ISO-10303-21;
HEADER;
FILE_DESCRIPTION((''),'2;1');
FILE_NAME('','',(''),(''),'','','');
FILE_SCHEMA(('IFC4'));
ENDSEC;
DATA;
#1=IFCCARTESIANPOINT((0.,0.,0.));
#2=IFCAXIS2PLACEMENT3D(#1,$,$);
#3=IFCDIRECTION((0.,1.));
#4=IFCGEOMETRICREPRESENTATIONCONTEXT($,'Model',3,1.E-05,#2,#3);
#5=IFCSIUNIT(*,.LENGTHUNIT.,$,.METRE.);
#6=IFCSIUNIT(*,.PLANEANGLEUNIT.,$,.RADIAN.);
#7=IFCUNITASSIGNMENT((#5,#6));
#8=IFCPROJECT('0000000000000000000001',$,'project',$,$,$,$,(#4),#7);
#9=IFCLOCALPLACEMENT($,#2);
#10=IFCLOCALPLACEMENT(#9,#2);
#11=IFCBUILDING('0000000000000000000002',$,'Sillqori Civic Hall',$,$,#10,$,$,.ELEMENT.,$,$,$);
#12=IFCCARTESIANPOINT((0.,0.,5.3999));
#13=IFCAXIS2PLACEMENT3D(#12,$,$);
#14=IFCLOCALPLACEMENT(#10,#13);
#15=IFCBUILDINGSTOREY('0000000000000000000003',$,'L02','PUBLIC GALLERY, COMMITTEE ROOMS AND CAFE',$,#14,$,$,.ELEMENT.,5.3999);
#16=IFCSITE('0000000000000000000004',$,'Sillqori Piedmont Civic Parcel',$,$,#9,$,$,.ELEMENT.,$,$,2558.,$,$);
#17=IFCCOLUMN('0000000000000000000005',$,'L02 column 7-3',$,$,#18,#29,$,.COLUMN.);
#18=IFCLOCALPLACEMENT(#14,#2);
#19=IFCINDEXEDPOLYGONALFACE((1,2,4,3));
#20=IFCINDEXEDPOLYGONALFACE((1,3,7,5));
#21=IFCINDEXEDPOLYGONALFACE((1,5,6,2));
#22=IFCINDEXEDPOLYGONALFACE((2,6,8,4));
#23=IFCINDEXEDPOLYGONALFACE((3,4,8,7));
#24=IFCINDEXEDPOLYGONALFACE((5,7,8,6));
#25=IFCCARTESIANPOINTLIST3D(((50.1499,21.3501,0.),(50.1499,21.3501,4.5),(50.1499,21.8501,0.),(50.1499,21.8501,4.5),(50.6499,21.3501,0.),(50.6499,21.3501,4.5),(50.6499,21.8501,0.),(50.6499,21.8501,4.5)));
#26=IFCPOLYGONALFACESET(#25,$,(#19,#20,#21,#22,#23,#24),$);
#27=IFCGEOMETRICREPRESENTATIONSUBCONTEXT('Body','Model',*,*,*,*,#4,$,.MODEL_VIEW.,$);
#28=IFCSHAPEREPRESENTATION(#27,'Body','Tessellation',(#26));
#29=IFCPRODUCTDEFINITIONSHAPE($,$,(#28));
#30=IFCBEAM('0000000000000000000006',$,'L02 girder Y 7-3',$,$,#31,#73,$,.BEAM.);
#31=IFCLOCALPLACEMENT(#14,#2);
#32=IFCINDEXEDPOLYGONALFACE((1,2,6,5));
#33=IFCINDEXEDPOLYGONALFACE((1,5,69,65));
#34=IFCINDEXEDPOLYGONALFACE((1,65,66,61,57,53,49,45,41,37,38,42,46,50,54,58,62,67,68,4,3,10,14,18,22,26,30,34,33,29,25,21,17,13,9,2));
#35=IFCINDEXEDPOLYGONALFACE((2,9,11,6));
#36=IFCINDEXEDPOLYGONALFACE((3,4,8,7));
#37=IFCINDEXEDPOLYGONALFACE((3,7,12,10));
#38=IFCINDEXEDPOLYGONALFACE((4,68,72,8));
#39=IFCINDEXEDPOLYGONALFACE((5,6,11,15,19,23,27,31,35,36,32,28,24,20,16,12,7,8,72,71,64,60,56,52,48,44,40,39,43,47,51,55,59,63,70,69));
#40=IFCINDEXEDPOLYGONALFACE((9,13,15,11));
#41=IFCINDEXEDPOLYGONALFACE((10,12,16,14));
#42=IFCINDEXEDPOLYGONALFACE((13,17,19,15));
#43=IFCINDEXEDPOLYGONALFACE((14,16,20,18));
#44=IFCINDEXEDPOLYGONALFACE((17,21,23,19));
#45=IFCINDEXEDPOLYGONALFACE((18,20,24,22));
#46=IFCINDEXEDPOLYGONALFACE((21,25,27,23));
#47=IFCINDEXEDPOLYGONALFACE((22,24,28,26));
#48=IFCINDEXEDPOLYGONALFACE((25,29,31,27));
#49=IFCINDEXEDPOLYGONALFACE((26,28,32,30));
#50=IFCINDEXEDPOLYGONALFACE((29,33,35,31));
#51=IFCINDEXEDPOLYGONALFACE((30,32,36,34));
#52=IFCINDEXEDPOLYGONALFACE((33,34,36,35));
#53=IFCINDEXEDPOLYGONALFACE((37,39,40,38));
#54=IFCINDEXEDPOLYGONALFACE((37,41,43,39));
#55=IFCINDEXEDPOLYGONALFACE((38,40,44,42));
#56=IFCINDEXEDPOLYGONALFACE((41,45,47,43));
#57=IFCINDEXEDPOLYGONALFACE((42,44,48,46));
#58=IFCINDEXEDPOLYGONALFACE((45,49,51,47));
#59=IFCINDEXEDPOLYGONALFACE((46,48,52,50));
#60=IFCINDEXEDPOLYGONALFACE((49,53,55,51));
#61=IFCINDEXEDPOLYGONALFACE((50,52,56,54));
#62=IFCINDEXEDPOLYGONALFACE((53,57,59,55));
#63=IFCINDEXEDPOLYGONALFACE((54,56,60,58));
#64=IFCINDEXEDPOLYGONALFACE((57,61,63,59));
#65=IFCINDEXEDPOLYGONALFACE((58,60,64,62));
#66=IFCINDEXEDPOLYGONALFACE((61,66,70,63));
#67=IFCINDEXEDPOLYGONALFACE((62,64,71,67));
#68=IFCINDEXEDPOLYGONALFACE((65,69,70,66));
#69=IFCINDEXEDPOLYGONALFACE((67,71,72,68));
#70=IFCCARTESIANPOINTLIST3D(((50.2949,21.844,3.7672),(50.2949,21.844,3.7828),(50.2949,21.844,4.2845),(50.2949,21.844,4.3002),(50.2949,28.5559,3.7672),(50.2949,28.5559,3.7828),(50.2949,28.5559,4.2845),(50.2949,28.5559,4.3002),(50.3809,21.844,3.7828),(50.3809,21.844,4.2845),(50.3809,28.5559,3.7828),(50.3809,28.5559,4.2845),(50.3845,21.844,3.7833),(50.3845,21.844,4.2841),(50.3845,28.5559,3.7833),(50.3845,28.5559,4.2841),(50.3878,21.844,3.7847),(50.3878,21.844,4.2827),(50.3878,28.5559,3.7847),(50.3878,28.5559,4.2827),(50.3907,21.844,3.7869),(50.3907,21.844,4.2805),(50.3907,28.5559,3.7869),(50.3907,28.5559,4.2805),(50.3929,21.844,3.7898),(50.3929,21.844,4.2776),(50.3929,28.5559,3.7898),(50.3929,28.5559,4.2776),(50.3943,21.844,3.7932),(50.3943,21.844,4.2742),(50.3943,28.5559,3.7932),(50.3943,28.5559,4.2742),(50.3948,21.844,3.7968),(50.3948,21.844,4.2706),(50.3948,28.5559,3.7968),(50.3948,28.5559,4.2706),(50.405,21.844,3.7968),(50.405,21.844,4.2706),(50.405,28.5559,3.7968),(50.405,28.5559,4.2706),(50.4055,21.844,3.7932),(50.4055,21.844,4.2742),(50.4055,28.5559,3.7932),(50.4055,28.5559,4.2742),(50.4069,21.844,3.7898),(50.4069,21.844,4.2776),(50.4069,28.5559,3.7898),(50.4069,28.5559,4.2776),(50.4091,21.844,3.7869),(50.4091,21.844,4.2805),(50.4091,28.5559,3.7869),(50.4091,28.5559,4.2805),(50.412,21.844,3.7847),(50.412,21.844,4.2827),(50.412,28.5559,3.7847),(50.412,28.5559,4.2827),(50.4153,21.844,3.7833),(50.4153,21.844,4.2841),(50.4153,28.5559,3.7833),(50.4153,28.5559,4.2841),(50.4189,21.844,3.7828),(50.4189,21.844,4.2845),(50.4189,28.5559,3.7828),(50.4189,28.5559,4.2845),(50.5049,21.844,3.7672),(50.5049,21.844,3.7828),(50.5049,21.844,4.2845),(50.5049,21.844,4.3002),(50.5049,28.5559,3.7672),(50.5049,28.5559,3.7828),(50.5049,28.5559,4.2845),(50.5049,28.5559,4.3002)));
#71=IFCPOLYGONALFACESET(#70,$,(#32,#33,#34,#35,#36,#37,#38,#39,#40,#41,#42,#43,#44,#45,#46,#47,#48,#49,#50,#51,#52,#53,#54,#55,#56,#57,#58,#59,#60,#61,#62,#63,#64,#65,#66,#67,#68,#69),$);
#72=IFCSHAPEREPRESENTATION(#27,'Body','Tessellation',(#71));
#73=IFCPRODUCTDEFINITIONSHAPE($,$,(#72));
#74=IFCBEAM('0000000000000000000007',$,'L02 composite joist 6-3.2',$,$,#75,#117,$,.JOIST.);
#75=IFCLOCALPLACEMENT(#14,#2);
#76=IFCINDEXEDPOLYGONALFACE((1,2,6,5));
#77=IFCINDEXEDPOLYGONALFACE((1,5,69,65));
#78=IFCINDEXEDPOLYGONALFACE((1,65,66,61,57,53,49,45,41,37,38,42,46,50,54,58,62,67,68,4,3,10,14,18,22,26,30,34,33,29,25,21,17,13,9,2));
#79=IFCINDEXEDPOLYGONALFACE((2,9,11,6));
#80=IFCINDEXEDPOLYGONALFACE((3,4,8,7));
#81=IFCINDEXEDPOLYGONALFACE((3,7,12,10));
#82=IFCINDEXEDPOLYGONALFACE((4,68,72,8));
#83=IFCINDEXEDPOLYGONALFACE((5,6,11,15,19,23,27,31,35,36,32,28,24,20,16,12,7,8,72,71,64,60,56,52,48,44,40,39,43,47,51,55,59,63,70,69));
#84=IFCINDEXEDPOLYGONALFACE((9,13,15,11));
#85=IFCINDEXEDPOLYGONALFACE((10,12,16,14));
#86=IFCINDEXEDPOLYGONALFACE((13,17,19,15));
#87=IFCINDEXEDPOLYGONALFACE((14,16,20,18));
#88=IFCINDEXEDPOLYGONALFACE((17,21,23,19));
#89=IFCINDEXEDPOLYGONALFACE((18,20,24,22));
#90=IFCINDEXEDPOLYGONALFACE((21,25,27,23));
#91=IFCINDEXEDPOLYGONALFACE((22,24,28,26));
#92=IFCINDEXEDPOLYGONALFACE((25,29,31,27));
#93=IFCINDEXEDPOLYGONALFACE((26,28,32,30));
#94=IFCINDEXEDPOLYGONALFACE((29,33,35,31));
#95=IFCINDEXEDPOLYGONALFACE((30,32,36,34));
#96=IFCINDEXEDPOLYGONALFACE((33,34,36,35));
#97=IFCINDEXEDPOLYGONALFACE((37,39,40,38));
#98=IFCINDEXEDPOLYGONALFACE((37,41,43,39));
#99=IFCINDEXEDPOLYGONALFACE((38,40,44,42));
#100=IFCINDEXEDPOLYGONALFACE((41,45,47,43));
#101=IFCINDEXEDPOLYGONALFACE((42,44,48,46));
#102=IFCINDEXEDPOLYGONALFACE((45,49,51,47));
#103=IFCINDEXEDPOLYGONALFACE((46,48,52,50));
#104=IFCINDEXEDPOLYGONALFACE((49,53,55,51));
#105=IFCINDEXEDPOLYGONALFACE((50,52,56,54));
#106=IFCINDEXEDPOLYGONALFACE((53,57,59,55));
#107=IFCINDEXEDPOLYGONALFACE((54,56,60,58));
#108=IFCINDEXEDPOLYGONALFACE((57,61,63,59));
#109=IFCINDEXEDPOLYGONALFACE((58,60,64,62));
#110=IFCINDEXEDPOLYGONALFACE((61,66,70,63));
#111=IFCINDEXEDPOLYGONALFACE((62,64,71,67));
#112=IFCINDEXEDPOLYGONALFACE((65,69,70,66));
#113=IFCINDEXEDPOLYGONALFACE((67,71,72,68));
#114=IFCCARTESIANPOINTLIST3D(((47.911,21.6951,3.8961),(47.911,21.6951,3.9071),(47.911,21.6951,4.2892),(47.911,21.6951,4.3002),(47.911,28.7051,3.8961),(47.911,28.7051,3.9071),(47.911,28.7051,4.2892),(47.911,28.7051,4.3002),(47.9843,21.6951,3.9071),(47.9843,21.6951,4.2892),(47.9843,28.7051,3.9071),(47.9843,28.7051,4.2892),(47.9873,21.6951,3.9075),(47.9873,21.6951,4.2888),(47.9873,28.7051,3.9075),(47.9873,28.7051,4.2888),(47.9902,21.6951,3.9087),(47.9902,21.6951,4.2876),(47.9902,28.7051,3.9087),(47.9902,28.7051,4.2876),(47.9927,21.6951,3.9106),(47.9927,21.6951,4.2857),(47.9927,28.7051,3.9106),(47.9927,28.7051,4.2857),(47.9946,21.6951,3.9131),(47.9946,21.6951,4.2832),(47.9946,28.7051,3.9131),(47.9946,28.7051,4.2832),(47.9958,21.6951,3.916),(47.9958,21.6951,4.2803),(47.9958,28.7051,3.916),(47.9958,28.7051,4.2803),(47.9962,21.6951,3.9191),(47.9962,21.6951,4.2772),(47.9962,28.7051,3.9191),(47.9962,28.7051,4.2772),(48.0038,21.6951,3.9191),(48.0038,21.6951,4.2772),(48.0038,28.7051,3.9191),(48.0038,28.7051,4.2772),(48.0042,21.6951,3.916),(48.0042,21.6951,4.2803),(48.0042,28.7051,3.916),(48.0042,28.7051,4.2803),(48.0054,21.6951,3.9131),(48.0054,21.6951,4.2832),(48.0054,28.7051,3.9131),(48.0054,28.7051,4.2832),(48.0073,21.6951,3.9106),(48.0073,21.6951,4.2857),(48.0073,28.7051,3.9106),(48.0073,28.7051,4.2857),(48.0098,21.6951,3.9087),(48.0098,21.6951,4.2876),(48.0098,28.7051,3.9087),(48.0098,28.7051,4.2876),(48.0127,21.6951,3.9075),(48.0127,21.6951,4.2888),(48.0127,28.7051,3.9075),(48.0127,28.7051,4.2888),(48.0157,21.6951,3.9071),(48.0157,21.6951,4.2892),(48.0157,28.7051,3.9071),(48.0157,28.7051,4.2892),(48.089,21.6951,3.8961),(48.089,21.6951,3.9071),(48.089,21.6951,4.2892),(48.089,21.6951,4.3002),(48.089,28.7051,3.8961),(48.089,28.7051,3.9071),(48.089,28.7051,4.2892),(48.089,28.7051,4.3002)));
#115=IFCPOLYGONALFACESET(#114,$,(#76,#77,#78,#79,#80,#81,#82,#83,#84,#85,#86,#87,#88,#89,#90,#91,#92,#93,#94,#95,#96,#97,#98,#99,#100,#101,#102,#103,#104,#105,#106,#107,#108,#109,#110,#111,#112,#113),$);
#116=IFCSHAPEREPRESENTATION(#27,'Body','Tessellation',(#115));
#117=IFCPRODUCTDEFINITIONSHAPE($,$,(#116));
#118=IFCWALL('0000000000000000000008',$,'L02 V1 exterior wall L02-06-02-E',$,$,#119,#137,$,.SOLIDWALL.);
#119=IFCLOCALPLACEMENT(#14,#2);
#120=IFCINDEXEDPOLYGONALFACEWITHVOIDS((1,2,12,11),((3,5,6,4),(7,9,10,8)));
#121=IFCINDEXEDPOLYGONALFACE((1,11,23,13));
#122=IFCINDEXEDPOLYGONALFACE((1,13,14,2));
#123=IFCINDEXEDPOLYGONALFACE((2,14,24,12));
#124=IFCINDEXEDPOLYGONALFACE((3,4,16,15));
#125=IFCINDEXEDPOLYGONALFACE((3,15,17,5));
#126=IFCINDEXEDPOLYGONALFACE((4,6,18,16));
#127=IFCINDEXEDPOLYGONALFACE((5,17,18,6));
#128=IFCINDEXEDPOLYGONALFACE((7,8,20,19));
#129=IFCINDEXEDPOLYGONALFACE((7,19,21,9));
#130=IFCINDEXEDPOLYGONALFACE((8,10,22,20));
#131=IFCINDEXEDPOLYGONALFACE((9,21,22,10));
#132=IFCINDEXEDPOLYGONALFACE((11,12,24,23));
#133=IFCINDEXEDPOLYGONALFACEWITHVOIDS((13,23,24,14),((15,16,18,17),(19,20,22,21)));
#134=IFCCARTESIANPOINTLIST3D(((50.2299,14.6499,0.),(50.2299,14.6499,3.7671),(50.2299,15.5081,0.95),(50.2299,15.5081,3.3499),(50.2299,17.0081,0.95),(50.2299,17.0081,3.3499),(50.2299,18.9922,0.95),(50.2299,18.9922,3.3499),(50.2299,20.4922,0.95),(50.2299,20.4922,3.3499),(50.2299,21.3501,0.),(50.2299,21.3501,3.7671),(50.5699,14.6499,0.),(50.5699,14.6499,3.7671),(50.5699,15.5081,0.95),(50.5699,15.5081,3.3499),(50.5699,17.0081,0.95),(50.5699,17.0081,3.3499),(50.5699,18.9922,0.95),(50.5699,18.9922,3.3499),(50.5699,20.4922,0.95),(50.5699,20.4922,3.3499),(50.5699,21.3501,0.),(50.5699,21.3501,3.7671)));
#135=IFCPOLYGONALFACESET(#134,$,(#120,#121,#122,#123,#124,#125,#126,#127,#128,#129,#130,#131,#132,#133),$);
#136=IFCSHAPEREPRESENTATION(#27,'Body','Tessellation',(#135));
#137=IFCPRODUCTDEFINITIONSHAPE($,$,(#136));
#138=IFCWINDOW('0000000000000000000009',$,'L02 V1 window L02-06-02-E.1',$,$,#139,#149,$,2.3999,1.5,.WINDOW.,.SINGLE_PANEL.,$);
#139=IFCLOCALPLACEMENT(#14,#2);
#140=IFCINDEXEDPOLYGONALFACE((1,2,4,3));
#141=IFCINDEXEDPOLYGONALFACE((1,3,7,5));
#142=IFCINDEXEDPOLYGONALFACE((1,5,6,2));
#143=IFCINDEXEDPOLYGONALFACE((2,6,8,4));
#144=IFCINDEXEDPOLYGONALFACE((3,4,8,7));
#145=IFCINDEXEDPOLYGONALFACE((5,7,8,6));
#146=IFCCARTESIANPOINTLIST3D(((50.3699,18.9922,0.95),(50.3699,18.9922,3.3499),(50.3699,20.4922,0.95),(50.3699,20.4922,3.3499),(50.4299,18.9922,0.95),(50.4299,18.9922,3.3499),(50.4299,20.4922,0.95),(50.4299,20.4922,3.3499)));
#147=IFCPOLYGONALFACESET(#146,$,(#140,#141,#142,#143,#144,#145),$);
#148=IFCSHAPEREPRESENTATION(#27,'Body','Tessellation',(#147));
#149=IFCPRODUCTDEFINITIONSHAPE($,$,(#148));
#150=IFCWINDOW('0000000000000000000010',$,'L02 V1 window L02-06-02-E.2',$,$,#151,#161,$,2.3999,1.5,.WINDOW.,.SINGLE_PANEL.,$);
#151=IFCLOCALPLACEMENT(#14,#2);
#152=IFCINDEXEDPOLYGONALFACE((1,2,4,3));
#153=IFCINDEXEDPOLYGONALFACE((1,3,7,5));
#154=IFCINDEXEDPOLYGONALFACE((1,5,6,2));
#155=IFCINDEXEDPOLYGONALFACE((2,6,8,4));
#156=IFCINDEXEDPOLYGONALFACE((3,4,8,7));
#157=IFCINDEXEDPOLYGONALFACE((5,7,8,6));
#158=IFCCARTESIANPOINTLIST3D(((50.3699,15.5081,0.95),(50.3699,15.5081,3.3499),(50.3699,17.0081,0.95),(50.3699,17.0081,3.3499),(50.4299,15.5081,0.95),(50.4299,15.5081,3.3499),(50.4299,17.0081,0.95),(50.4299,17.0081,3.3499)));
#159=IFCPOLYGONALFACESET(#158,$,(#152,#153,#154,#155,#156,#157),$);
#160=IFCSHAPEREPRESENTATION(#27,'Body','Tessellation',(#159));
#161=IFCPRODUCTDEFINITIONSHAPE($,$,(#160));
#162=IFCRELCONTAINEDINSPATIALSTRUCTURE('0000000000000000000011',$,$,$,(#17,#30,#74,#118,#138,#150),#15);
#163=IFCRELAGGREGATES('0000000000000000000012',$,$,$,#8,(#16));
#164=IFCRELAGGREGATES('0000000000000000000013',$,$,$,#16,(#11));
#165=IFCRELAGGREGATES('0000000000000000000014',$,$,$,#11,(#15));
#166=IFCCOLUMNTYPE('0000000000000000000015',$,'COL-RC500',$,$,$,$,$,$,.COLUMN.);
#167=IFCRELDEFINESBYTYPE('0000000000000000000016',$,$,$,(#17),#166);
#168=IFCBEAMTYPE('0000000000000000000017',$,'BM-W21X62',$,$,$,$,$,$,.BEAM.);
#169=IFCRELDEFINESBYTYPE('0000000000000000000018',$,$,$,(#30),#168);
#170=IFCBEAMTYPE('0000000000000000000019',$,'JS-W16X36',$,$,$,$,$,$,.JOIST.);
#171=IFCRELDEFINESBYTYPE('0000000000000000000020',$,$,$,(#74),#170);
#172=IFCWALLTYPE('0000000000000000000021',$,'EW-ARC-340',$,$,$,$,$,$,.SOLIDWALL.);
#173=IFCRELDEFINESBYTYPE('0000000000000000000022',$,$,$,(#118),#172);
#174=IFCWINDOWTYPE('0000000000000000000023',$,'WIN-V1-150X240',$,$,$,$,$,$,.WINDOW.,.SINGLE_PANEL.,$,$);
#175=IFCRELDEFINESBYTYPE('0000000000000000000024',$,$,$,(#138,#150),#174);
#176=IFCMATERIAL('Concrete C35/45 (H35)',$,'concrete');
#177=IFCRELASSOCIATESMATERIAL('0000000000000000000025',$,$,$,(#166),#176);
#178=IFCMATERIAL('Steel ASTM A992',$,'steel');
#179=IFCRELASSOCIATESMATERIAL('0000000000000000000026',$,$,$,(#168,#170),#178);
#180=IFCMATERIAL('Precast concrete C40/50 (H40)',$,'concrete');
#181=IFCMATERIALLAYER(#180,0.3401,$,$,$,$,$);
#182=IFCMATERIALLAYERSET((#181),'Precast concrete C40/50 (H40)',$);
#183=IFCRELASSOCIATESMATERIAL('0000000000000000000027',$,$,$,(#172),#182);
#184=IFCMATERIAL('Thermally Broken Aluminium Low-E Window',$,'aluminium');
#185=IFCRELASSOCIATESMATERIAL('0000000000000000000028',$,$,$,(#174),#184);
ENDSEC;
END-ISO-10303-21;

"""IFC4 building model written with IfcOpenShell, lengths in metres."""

from ifc_helpers import new_model, si_unit, direction, frame, frame_2d, origin, origin_2d, place, context, subcontext, project, spatial, rectangle, i_section, extrude, material, layer, layer_set, material_profile, profile_set, type_object, element, fill, save


model = new_model("IFC4")

# Units and contexts
model_context = context("Model", 3, precision=1e-05, world=origin(), true_north=direction((0.0, 1.0)))
body_context = subcontext(model_context, "Body", "Model", "MODEL_VIEW")
ifc_project = project(units=[si_unit("LENGTHUNIT", "METRE"), si_unit("PLANEANGLEUNIT", "RADIAN")], contexts=[model_context])

# Site, building, storey
site_placement = place(None, origin())
site = spatial("IfcSite", under=ifc_project, at=site_placement, Name="Sillqori Piedmont Civic Parcel", CompositionType="ELEMENT", RefElevation=2558.0)
building_placement = place(site_placement, origin())
building = spatial("IfcBuilding", under=site, at=building_placement, Name="Sillqori Civic Hall", CompositionType="ELEMENT")
storey_placement = place(building_placement, frame((0.0, 0.0, 5.3999)))
storey = spatial("IfcBuildingStorey", under=building, at=storey_placement, Name="L02", Description="PUBLIC GALLERY, COMMITTEE ROOMS AND CAFE", CompositionType="ELEMENT", Elevation=5.3999)

# Column
ifc_material_1 = material(Name="Concrete C35/45 (H35)", Category="concrete")
ifc_material_profile_1 = material_profile(ifc_material_1, rectangle(XDim=0.5, YDim=0.5, at=origin_2d()), Name="RC 500x500")
ifc_profile_set_1 = profile_set([ifc_material_profile_1], Name="Concrete C35/45 (H35)")
column_type = type_object("IfcColumnType", Name="COL-RC500", PredefinedType="COLUMN", material=ifc_profile_set_1)
column_placement = place(storey_placement, frame((50.3999, 21.6001, 0.0), z_axis=(0.0, 0.0, 1.0), x_axis=(1.0, 0.0, 0.0)))
element("IfcColumn", 1, at=column_placement, inside=storey, type_object=column_type, Name="L02 column 7-3", PredefinedType="COLUMN", context=body_context, shape_type="SweptSolid", body=[
    extrude(rectangle(XDim=0.5, YDim=0.5, at=origin_2d()), origin(), (0.0, 0.0, 1.0), 4.5),
])

# Beams
ifc_material_2 = material(Name="Steel ASTM A992", Category="steel")
ifc_material_profile_2 = material_profile(ifc_material_2, i_section(OverallWidth=0.21, OverallDepth=0.533, WebThickness=0.0103, FlangeThickness=0.0156, FilletRadius=0.0139, at=origin_2d()), Name="W21X62")
ifc_profile_set_2 = profile_set([ifc_material_profile_2], Name="Steel ASTM A992")
beam_type_1 = type_object("IfcBeamType", Name="BM-W21X62", PredefinedType="BEAM", material=ifc_profile_set_2)
beam_1_placement = place(storey_placement, frame((50.3999, 21.844, 4.0337), z_axis=(0.0, 1.0, 0.0), x_axis=(-1.0, 0.0, 0.0)))
element("IfcBeam", 2, at=beam_1_placement, inside=storey, type_object=beam_type_1, Name="L02 girder Y 7-3", PredefinedType="BEAM", context=body_context, shape_type="SweptSolid", body=[
    extrude(i_section(OverallWidth=0.21, OverallDepth=0.533, WebThickness=0.0103, FlangeThickness=0.0156, FilletRadius=0.0139, at=origin_2d()), origin(), (0.0, 0.0, 1.0), 6.7119),
])
ifc_material_profile_3 = material_profile(ifc_material_2, i_section(OverallWidth=0.178, OverallDepth=0.4041, WebThickness=0.0076, FlangeThickness=0.011, FilletRadius=0.012, at=origin_2d()), Name="W16X36")
ifc_profile_set_3 = profile_set([ifc_material_profile_3], Name="Steel ASTM A992")
beam_type_2 = type_object("IfcBeamType", Name="JS-W16X36", PredefinedType="JOIST", material=ifc_profile_set_3)
beam_2_placement = place(storey_placement, frame((48.0, 21.6951, 4.0981), z_axis=(0.0, 1.0, 0.0), x_axis=(-1.0, 0.0, 0.0)))
element("IfcBeam", 3, at=beam_2_placement, inside=storey, type_object=beam_type_2, Name="L02 composite joist 6-3.2", PredefinedType="JOIST", context=body_context, shape_type="SweptSolid", body=[
    extrude(i_section(OverallWidth=0.178, OverallDepth=0.4041, WebThickness=0.0076, FlangeThickness=0.011, FilletRadius=0.012, at=origin_2d()), origin(), (0.0, 0.0, 1.0), 7.01),
])

# Wall, openings, windows
ifc_material_3 = material(Name="Precast concrete C40/50 (H40)", Category="concrete")
ifc_layer_1 = layer(ifc_material_3, 0.3401)
ifc_layer_set_1 = layer_set([ifc_layer_1], Name="Precast concrete C40/50 (H40)")
wall_type_1 = type_object("IfcWallType", Name="EW-ARC-340", PredefinedType="SOLIDWALL", material=ifc_layer_set_1)
wall_1_placement = place(storey_placement, frame((50.3999, 21.3501, 0.0), z_axis=(0.0, 0.0, 1.0), x_axis=(0.0, -1.0, 0.0)))
wall_1 = element("IfcWall", 4, at=wall_1_placement, inside=storey, type_object=wall_type_1, Name="L02 V1 exterior wall L02-06-02-E", PredefinedType="SOLIDWALL", context=body_context, shape_type="SweptSolid", body=[
    extrude(rectangle(XDim=6.7002, YDim=0.3401, at=frame_2d((3.3501, 0.0))), origin(), (0.0, 0.0, 1.0), 3.7671),
])
opening_1_placement = place(wall_1_placement, frame((0.8579, 0.0, 0.95)))
opening_1 = element("IfcOpeningElement", 5, at=opening_1_placement, cuts=wall_1, PredefinedType="OPENING", context=body_context, shape_type="SweptSolid", body=[
    extrude(rectangle(XDim=1.5, YDim=2.3999, at=frame_2d((0.75, 1.2))), frame((0.0, 0.1799, 0.0), z_axis=(0.0, -1.0, 0.0), x_axis=(1.0, 0.0, 0.0)), (0.0, 0.0, 1.0), 0.3601),
])
opening_2_placement = place(wall_1_placement, frame((4.342, 0.0, 0.95)))
opening_2 = element("IfcOpeningElement", 6, at=opening_2_placement, cuts=wall_1, PredefinedType="OPENING", context=body_context, shape_type="SweptSolid", body=[
    extrude(rectangle(XDim=1.5, YDim=2.3999, at=frame_2d((0.75, 1.2))), frame((0.0, 0.1799, 0.0), z_axis=(0.0, -1.0, 0.0), x_axis=(1.0, 0.0, 0.0)), (0.0, 0.0, 1.0), 0.3601),
])
ifc_material_4 = material(Name="Thermally Broken Aluminium Low-E Window", Category="aluminium")
window_type_1 = type_object("IfcWindowType", Name="WIN-V1-150X240", PartitioningType="SINGLE_PANEL", PredefinedType="WINDOW", material=ifc_material_4)
window_1_placement = place(opening_1_placement, origin())
window_1 = element("IfcWindow", 7, at=window_1_placement, inside=storey, type_object=window_type_1, Name="L02 V1 window L02-06-02-E.1", OverallHeight=2.3999, OverallWidth=1.5, PartitioningType="SINGLE_PANEL", PredefinedType="WINDOW", context=body_context, shape_type="SweptSolid", body=[
    extrude(rectangle(XDim=1.5, YDim=2.3999, at=frame_2d((0.75, 1.2))), frame((0.0, 0.03, 0.0), z_axis=(0.0, -1.0, 0.0), x_axis=(1.0, 0.0, 0.0)), (0.0, 0.0, 1.0), 0.0601),
])
fill(opening_1, window_1)
window_2_placement = place(opening_2_placement, origin())
window_2 = element("IfcWindow", 8, at=window_2_placement, inside=storey, type_object=window_type_1, Name="L02 V1 window L02-06-02-E.2", OverallHeight=2.3999, OverallWidth=1.5, PartitioningType="SINGLE_PANEL", PredefinedType="WINDOW", context=body_context, shape_type="SweptSolid", body=[
    extrude(rectangle(XDim=1.5, YDim=2.3999, at=frame_2d((0.75, 1.2))), frame((0.0, 0.03, 0.0), z_axis=(0.0, -1.0, 0.0), x_axis=(1.0, 0.0, 0.0)), (0.0, 0.0, 1.0), 0.0601),
])
fill(opening_2, window_2)

save(model, "model.ifc")
